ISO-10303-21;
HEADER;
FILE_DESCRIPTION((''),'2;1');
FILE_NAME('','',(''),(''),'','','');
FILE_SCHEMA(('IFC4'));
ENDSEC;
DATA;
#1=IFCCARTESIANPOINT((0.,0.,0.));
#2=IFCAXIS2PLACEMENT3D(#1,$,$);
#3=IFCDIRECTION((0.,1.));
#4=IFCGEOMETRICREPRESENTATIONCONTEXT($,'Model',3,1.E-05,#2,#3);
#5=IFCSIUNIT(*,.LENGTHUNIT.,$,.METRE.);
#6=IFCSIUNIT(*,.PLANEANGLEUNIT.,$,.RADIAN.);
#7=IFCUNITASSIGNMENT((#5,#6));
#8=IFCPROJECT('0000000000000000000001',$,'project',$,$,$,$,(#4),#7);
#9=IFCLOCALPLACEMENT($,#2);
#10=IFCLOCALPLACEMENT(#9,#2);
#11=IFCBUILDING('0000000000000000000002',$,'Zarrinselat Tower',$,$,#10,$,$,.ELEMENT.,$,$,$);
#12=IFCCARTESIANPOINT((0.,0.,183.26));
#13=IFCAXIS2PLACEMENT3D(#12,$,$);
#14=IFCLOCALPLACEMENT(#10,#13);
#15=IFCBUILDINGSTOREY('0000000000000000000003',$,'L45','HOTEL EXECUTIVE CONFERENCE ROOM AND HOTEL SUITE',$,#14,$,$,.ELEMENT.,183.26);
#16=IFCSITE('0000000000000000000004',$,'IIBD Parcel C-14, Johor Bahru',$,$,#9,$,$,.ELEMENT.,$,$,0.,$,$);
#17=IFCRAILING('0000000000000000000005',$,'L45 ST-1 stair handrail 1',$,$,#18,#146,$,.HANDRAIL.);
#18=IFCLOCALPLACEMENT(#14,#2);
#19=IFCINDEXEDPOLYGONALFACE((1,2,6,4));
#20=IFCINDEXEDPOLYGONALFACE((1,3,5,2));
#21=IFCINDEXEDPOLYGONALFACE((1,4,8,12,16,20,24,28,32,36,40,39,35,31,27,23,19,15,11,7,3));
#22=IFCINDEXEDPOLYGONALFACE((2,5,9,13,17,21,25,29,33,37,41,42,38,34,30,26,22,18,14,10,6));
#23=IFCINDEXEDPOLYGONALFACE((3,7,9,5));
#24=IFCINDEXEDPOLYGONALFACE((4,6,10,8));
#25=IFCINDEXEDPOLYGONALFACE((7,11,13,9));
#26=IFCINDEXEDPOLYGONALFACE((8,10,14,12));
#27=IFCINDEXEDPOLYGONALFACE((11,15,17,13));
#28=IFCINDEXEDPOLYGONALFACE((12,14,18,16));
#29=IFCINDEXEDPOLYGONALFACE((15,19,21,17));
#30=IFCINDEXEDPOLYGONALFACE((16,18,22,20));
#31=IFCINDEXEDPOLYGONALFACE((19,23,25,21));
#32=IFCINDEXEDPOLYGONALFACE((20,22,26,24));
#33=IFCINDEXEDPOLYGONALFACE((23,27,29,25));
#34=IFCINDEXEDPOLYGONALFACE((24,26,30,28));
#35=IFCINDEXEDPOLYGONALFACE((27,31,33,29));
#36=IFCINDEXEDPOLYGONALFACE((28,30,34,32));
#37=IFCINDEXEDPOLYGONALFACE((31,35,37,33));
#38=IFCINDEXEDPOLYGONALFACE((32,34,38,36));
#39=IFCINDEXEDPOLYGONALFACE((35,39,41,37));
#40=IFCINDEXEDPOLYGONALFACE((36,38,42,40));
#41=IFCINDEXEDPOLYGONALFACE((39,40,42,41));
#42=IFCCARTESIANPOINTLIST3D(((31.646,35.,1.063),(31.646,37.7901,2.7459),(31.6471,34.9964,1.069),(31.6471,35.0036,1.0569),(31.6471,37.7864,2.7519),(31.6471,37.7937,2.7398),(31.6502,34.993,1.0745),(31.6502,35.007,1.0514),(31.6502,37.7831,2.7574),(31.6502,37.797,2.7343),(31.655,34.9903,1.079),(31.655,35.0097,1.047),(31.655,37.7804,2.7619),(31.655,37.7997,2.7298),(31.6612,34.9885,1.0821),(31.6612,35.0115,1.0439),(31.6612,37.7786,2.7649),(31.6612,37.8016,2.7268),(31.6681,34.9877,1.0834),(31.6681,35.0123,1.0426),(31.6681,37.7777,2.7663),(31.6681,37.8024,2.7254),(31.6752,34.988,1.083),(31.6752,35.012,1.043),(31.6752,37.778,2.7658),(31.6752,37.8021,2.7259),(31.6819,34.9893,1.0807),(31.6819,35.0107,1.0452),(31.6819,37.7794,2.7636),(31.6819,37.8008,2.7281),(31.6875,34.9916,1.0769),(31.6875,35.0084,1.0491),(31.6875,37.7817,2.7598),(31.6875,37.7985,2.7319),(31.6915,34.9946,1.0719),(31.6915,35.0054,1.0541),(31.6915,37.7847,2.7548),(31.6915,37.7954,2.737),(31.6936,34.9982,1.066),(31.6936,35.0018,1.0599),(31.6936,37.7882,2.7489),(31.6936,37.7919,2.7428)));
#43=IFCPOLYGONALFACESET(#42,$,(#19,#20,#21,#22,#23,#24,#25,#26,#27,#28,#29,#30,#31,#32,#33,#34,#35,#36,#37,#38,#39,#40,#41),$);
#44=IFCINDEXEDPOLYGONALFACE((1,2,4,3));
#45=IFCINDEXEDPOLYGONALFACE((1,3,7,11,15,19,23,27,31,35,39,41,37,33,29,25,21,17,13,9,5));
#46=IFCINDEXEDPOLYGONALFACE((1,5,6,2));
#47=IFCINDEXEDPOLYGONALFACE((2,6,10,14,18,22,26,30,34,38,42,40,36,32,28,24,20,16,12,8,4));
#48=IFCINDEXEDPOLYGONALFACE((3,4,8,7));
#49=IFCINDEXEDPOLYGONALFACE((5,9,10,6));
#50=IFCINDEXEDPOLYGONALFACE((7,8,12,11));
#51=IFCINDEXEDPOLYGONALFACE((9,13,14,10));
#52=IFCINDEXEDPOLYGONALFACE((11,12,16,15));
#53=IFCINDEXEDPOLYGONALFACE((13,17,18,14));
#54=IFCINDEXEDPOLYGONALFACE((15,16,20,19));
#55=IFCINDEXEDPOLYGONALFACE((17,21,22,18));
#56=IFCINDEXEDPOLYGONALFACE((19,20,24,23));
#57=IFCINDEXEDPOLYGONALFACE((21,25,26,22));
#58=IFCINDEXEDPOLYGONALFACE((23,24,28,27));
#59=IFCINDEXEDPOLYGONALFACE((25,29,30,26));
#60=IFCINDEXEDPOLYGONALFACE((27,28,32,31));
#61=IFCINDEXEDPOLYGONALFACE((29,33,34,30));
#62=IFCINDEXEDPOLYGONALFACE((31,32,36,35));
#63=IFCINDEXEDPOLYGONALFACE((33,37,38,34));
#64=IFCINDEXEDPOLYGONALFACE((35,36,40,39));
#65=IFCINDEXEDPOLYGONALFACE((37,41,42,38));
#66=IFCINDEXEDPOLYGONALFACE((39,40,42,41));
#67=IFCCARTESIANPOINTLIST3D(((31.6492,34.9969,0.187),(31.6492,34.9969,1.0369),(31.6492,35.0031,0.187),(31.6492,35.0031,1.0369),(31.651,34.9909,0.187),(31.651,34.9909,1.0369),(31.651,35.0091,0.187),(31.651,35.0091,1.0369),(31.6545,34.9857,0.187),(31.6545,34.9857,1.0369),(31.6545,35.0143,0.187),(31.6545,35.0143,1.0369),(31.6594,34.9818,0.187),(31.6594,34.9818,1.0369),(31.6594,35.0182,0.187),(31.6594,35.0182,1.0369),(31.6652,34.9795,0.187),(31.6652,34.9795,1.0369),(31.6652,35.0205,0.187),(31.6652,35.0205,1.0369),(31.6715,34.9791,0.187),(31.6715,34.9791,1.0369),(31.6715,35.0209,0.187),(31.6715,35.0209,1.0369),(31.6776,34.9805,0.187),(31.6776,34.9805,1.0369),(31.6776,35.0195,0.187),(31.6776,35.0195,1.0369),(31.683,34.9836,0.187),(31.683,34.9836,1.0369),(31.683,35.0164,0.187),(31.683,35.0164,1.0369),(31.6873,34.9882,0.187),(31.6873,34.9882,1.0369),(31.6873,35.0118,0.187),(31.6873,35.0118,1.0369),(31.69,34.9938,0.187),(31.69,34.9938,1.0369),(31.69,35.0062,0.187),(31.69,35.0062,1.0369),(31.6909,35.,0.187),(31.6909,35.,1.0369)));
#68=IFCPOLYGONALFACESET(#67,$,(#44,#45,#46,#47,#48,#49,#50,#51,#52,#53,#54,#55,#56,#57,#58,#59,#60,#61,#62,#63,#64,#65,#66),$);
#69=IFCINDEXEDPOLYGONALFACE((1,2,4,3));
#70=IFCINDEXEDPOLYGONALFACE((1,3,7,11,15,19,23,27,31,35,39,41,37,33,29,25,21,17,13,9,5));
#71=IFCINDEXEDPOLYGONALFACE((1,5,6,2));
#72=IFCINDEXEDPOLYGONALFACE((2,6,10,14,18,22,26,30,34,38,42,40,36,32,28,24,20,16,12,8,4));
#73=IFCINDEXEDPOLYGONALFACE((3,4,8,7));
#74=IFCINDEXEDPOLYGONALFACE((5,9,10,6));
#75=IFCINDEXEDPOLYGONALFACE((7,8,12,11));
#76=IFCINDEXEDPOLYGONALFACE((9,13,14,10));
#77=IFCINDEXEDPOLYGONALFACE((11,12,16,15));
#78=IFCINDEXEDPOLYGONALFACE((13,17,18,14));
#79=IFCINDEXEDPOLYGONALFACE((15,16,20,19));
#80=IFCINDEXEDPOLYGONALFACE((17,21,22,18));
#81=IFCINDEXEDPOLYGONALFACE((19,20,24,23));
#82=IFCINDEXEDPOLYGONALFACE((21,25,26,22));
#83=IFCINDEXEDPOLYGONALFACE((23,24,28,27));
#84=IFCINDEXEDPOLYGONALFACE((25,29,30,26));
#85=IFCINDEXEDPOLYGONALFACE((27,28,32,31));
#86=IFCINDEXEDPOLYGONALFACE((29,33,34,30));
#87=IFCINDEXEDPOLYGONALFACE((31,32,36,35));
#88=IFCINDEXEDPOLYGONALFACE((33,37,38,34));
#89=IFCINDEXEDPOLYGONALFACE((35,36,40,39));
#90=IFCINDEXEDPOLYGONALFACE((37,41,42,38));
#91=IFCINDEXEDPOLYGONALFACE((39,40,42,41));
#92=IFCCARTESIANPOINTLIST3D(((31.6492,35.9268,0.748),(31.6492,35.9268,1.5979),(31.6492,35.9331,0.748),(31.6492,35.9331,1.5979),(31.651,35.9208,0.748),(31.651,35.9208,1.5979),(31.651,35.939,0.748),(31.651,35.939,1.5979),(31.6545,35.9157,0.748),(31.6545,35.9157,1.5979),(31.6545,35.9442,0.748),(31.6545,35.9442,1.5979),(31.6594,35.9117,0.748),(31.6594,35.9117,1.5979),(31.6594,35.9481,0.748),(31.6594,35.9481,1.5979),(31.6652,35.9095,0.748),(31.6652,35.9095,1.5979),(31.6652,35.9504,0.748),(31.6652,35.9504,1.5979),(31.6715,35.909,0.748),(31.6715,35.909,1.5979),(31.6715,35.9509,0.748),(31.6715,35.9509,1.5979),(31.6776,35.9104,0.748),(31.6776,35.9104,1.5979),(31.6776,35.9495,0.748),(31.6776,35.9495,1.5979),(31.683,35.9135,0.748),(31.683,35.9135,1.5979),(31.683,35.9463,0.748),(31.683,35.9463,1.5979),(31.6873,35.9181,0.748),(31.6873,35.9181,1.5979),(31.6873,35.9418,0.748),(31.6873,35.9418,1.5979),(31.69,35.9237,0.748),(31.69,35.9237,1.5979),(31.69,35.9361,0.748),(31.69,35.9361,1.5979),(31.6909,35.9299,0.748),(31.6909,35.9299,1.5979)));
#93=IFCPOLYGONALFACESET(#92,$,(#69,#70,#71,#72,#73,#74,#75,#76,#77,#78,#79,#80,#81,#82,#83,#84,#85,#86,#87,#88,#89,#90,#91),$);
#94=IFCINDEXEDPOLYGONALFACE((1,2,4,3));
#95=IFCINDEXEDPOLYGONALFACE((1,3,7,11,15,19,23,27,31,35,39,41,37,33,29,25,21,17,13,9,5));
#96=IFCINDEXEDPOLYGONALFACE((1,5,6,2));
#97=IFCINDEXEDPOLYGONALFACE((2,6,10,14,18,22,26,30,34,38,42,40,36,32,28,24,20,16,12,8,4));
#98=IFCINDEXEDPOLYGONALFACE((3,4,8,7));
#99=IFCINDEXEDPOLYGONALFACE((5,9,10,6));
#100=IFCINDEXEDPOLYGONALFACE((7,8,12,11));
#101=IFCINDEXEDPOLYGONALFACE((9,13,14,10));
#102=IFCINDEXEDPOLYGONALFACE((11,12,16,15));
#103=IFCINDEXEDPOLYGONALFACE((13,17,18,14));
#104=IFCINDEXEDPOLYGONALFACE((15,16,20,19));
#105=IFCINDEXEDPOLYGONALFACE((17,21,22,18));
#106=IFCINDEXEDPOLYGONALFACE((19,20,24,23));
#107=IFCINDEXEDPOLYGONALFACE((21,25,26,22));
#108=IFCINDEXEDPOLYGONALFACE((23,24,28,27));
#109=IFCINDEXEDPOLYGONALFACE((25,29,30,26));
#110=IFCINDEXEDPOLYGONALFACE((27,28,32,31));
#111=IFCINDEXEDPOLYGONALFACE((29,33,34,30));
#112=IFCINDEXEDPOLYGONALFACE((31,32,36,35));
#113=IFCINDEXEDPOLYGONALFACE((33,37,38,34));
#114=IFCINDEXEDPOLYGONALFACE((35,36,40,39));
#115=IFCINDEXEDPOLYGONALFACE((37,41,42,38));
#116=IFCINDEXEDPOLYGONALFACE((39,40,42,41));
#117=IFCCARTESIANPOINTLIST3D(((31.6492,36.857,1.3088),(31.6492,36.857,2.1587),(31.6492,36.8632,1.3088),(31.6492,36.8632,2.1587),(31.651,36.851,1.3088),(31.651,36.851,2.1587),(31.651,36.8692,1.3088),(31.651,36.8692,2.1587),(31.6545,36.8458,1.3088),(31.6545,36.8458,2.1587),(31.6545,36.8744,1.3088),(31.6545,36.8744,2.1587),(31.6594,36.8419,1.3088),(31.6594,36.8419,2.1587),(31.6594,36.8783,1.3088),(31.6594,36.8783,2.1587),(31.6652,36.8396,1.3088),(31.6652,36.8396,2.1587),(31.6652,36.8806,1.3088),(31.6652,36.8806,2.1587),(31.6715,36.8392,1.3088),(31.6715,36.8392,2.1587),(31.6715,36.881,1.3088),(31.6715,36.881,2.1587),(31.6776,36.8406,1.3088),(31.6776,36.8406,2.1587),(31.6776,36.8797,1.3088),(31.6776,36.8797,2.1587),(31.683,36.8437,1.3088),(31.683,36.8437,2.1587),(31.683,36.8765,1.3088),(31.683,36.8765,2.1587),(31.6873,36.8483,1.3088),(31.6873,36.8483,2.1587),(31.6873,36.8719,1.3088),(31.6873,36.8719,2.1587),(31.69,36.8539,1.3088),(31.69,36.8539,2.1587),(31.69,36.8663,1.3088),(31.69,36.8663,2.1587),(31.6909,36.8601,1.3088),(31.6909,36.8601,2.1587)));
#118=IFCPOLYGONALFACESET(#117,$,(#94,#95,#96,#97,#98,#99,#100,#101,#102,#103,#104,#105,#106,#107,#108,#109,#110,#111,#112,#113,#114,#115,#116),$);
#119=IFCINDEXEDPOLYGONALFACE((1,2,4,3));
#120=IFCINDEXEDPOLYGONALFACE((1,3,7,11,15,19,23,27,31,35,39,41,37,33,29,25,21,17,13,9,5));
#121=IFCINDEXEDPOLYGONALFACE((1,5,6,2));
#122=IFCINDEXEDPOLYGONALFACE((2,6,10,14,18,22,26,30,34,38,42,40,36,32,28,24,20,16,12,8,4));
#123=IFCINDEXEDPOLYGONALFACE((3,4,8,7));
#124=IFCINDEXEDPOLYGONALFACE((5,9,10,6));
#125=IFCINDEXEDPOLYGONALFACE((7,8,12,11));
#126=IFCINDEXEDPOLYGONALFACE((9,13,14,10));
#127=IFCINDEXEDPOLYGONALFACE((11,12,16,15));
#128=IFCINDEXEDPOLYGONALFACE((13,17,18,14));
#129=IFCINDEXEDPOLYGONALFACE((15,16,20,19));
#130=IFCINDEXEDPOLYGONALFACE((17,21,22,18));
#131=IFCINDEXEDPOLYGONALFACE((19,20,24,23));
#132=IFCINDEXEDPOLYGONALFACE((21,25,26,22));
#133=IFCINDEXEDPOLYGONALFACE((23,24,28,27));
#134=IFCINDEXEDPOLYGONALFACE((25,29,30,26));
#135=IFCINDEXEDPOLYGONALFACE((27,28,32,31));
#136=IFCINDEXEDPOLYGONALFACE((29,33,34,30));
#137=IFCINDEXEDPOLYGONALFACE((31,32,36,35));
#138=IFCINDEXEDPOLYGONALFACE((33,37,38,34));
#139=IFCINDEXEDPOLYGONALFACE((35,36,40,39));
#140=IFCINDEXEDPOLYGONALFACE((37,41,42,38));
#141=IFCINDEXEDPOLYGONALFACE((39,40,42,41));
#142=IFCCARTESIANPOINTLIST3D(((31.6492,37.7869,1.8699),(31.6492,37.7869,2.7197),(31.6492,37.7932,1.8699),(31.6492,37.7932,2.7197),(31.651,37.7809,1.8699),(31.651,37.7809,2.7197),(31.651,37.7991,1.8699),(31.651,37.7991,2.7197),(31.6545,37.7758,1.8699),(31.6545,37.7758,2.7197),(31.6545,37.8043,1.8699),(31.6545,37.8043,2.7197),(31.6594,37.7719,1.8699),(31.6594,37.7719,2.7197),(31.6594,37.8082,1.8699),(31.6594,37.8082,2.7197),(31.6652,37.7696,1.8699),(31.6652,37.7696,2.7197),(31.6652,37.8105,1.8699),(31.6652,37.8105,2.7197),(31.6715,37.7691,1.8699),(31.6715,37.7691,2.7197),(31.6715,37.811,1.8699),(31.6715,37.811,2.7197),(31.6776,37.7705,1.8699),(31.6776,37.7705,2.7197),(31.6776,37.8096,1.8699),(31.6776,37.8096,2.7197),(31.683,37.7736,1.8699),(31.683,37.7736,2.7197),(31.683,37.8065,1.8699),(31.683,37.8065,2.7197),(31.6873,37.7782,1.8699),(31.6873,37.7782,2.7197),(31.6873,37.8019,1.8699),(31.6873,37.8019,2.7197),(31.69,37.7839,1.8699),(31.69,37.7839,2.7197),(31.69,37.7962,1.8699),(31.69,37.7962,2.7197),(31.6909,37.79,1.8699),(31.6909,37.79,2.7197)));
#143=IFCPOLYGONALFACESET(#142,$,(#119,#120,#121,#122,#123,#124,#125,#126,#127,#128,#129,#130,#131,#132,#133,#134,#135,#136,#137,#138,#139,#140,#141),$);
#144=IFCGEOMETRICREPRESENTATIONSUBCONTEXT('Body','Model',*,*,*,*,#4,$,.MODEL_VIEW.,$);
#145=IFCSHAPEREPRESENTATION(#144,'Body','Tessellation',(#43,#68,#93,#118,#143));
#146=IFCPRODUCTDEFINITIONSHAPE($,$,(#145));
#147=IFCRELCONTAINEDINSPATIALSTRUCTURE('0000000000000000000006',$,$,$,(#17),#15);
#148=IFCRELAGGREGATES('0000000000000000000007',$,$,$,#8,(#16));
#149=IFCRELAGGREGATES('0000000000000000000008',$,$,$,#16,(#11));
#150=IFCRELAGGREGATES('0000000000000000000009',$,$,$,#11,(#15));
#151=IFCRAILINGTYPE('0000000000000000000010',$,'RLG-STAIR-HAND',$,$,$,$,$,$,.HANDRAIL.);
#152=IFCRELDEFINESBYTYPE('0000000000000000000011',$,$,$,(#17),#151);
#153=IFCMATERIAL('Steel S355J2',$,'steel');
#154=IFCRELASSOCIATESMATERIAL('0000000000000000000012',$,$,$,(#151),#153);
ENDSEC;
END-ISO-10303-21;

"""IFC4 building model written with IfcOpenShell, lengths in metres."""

from ifc_helpers import new_model, si_unit, direction, frame, origin, origin_2d, place, context, subcontext, project, spatial, circle, extrude, material, type_object, element, save


model = new_model("IFC4")

# Units and contexts
model_context = context("Model", 3, precision=1e-05, world=origin(), true_north=direction((0.0, 1.0)))
body_context = subcontext(model_context, "Body", "Model", "MODEL_VIEW")
ifc_project = project(units=[si_unit("LENGTHUNIT", "METRE"), si_unit("PLANEANGLEUNIT", "RADIAN")], contexts=[model_context])

# Site, building, storey
site_placement = place(None, origin())
site = spatial("IfcSite", under=ifc_project, at=site_placement, Name="IIBD Parcel C-14, Johor Bahru", CompositionType="ELEMENT", RefElevation=0.0)
building_placement = place(site_placement, origin())
building = spatial("IfcBuilding", under=site, at=building_placement, Name="Zarrinselat Tower", CompositionType="ELEMENT")
storey_placement = place(building_placement, frame((0.0, 0.0, 183.26)))
storey = spatial("IfcBuildingStorey", under=building, at=storey_placement, Name="L45", Description="HOTEL EXECUTIVE CONFERENCE ROOM AND HOTEL SUITE", CompositionType="ELEMENT", Elevation=183.26)

# Railing
ifc_material_1 = material(Name="Steel S355J2", Category="steel")
railing_type_1 = type_object("IfcRailingType", Name="RLG-STAIR-HAND", PredefinedType="HANDRAIL", material=ifc_material_1)
railing_1_placement = place(storey_placement, frame((31.6699, 35.0, 0.187)))
element("IfcRailing", 1, at=railing_1_placement, inside=storey, type_object=railing_type_1, Name="L45 ST-1 stair handrail 1", PredefinedType="HANDRAIL", context=body_context, shape_type="SweptSolid", body=[
    extrude(circle(Radius=0.0239, at=origin_2d()), frame((0.0, 0.0, 0.876), z_axis=(0.0, 0.856294, 0.516489), x_axis=(-1.0, 0.0, 0.0)), (0.0, 0.0, 1.0), 3.2583),
    extrude(circle(Radius=0.021, at=origin_2d()), origin(), (0.0, 0.0, 1.0), 0.8499),
    extrude(circle(Radius=0.021, at=origin_2d()), frame((0.0, 0.9299, 0.561)), (0.0, 0.0, 1.0), 0.8499),
    extrude(circle(Radius=0.021, at=origin_2d()), frame((0.0, 1.8601, 1.1218)), (0.0, 0.0, 1.0), 0.8499),
    extrude(circle(Radius=0.021, at=origin_2d()), frame((0.0, 2.79, 1.6829)), (0.0, 0.0, 1.0), 0.8499),
])

save(model, "model.ifc")
